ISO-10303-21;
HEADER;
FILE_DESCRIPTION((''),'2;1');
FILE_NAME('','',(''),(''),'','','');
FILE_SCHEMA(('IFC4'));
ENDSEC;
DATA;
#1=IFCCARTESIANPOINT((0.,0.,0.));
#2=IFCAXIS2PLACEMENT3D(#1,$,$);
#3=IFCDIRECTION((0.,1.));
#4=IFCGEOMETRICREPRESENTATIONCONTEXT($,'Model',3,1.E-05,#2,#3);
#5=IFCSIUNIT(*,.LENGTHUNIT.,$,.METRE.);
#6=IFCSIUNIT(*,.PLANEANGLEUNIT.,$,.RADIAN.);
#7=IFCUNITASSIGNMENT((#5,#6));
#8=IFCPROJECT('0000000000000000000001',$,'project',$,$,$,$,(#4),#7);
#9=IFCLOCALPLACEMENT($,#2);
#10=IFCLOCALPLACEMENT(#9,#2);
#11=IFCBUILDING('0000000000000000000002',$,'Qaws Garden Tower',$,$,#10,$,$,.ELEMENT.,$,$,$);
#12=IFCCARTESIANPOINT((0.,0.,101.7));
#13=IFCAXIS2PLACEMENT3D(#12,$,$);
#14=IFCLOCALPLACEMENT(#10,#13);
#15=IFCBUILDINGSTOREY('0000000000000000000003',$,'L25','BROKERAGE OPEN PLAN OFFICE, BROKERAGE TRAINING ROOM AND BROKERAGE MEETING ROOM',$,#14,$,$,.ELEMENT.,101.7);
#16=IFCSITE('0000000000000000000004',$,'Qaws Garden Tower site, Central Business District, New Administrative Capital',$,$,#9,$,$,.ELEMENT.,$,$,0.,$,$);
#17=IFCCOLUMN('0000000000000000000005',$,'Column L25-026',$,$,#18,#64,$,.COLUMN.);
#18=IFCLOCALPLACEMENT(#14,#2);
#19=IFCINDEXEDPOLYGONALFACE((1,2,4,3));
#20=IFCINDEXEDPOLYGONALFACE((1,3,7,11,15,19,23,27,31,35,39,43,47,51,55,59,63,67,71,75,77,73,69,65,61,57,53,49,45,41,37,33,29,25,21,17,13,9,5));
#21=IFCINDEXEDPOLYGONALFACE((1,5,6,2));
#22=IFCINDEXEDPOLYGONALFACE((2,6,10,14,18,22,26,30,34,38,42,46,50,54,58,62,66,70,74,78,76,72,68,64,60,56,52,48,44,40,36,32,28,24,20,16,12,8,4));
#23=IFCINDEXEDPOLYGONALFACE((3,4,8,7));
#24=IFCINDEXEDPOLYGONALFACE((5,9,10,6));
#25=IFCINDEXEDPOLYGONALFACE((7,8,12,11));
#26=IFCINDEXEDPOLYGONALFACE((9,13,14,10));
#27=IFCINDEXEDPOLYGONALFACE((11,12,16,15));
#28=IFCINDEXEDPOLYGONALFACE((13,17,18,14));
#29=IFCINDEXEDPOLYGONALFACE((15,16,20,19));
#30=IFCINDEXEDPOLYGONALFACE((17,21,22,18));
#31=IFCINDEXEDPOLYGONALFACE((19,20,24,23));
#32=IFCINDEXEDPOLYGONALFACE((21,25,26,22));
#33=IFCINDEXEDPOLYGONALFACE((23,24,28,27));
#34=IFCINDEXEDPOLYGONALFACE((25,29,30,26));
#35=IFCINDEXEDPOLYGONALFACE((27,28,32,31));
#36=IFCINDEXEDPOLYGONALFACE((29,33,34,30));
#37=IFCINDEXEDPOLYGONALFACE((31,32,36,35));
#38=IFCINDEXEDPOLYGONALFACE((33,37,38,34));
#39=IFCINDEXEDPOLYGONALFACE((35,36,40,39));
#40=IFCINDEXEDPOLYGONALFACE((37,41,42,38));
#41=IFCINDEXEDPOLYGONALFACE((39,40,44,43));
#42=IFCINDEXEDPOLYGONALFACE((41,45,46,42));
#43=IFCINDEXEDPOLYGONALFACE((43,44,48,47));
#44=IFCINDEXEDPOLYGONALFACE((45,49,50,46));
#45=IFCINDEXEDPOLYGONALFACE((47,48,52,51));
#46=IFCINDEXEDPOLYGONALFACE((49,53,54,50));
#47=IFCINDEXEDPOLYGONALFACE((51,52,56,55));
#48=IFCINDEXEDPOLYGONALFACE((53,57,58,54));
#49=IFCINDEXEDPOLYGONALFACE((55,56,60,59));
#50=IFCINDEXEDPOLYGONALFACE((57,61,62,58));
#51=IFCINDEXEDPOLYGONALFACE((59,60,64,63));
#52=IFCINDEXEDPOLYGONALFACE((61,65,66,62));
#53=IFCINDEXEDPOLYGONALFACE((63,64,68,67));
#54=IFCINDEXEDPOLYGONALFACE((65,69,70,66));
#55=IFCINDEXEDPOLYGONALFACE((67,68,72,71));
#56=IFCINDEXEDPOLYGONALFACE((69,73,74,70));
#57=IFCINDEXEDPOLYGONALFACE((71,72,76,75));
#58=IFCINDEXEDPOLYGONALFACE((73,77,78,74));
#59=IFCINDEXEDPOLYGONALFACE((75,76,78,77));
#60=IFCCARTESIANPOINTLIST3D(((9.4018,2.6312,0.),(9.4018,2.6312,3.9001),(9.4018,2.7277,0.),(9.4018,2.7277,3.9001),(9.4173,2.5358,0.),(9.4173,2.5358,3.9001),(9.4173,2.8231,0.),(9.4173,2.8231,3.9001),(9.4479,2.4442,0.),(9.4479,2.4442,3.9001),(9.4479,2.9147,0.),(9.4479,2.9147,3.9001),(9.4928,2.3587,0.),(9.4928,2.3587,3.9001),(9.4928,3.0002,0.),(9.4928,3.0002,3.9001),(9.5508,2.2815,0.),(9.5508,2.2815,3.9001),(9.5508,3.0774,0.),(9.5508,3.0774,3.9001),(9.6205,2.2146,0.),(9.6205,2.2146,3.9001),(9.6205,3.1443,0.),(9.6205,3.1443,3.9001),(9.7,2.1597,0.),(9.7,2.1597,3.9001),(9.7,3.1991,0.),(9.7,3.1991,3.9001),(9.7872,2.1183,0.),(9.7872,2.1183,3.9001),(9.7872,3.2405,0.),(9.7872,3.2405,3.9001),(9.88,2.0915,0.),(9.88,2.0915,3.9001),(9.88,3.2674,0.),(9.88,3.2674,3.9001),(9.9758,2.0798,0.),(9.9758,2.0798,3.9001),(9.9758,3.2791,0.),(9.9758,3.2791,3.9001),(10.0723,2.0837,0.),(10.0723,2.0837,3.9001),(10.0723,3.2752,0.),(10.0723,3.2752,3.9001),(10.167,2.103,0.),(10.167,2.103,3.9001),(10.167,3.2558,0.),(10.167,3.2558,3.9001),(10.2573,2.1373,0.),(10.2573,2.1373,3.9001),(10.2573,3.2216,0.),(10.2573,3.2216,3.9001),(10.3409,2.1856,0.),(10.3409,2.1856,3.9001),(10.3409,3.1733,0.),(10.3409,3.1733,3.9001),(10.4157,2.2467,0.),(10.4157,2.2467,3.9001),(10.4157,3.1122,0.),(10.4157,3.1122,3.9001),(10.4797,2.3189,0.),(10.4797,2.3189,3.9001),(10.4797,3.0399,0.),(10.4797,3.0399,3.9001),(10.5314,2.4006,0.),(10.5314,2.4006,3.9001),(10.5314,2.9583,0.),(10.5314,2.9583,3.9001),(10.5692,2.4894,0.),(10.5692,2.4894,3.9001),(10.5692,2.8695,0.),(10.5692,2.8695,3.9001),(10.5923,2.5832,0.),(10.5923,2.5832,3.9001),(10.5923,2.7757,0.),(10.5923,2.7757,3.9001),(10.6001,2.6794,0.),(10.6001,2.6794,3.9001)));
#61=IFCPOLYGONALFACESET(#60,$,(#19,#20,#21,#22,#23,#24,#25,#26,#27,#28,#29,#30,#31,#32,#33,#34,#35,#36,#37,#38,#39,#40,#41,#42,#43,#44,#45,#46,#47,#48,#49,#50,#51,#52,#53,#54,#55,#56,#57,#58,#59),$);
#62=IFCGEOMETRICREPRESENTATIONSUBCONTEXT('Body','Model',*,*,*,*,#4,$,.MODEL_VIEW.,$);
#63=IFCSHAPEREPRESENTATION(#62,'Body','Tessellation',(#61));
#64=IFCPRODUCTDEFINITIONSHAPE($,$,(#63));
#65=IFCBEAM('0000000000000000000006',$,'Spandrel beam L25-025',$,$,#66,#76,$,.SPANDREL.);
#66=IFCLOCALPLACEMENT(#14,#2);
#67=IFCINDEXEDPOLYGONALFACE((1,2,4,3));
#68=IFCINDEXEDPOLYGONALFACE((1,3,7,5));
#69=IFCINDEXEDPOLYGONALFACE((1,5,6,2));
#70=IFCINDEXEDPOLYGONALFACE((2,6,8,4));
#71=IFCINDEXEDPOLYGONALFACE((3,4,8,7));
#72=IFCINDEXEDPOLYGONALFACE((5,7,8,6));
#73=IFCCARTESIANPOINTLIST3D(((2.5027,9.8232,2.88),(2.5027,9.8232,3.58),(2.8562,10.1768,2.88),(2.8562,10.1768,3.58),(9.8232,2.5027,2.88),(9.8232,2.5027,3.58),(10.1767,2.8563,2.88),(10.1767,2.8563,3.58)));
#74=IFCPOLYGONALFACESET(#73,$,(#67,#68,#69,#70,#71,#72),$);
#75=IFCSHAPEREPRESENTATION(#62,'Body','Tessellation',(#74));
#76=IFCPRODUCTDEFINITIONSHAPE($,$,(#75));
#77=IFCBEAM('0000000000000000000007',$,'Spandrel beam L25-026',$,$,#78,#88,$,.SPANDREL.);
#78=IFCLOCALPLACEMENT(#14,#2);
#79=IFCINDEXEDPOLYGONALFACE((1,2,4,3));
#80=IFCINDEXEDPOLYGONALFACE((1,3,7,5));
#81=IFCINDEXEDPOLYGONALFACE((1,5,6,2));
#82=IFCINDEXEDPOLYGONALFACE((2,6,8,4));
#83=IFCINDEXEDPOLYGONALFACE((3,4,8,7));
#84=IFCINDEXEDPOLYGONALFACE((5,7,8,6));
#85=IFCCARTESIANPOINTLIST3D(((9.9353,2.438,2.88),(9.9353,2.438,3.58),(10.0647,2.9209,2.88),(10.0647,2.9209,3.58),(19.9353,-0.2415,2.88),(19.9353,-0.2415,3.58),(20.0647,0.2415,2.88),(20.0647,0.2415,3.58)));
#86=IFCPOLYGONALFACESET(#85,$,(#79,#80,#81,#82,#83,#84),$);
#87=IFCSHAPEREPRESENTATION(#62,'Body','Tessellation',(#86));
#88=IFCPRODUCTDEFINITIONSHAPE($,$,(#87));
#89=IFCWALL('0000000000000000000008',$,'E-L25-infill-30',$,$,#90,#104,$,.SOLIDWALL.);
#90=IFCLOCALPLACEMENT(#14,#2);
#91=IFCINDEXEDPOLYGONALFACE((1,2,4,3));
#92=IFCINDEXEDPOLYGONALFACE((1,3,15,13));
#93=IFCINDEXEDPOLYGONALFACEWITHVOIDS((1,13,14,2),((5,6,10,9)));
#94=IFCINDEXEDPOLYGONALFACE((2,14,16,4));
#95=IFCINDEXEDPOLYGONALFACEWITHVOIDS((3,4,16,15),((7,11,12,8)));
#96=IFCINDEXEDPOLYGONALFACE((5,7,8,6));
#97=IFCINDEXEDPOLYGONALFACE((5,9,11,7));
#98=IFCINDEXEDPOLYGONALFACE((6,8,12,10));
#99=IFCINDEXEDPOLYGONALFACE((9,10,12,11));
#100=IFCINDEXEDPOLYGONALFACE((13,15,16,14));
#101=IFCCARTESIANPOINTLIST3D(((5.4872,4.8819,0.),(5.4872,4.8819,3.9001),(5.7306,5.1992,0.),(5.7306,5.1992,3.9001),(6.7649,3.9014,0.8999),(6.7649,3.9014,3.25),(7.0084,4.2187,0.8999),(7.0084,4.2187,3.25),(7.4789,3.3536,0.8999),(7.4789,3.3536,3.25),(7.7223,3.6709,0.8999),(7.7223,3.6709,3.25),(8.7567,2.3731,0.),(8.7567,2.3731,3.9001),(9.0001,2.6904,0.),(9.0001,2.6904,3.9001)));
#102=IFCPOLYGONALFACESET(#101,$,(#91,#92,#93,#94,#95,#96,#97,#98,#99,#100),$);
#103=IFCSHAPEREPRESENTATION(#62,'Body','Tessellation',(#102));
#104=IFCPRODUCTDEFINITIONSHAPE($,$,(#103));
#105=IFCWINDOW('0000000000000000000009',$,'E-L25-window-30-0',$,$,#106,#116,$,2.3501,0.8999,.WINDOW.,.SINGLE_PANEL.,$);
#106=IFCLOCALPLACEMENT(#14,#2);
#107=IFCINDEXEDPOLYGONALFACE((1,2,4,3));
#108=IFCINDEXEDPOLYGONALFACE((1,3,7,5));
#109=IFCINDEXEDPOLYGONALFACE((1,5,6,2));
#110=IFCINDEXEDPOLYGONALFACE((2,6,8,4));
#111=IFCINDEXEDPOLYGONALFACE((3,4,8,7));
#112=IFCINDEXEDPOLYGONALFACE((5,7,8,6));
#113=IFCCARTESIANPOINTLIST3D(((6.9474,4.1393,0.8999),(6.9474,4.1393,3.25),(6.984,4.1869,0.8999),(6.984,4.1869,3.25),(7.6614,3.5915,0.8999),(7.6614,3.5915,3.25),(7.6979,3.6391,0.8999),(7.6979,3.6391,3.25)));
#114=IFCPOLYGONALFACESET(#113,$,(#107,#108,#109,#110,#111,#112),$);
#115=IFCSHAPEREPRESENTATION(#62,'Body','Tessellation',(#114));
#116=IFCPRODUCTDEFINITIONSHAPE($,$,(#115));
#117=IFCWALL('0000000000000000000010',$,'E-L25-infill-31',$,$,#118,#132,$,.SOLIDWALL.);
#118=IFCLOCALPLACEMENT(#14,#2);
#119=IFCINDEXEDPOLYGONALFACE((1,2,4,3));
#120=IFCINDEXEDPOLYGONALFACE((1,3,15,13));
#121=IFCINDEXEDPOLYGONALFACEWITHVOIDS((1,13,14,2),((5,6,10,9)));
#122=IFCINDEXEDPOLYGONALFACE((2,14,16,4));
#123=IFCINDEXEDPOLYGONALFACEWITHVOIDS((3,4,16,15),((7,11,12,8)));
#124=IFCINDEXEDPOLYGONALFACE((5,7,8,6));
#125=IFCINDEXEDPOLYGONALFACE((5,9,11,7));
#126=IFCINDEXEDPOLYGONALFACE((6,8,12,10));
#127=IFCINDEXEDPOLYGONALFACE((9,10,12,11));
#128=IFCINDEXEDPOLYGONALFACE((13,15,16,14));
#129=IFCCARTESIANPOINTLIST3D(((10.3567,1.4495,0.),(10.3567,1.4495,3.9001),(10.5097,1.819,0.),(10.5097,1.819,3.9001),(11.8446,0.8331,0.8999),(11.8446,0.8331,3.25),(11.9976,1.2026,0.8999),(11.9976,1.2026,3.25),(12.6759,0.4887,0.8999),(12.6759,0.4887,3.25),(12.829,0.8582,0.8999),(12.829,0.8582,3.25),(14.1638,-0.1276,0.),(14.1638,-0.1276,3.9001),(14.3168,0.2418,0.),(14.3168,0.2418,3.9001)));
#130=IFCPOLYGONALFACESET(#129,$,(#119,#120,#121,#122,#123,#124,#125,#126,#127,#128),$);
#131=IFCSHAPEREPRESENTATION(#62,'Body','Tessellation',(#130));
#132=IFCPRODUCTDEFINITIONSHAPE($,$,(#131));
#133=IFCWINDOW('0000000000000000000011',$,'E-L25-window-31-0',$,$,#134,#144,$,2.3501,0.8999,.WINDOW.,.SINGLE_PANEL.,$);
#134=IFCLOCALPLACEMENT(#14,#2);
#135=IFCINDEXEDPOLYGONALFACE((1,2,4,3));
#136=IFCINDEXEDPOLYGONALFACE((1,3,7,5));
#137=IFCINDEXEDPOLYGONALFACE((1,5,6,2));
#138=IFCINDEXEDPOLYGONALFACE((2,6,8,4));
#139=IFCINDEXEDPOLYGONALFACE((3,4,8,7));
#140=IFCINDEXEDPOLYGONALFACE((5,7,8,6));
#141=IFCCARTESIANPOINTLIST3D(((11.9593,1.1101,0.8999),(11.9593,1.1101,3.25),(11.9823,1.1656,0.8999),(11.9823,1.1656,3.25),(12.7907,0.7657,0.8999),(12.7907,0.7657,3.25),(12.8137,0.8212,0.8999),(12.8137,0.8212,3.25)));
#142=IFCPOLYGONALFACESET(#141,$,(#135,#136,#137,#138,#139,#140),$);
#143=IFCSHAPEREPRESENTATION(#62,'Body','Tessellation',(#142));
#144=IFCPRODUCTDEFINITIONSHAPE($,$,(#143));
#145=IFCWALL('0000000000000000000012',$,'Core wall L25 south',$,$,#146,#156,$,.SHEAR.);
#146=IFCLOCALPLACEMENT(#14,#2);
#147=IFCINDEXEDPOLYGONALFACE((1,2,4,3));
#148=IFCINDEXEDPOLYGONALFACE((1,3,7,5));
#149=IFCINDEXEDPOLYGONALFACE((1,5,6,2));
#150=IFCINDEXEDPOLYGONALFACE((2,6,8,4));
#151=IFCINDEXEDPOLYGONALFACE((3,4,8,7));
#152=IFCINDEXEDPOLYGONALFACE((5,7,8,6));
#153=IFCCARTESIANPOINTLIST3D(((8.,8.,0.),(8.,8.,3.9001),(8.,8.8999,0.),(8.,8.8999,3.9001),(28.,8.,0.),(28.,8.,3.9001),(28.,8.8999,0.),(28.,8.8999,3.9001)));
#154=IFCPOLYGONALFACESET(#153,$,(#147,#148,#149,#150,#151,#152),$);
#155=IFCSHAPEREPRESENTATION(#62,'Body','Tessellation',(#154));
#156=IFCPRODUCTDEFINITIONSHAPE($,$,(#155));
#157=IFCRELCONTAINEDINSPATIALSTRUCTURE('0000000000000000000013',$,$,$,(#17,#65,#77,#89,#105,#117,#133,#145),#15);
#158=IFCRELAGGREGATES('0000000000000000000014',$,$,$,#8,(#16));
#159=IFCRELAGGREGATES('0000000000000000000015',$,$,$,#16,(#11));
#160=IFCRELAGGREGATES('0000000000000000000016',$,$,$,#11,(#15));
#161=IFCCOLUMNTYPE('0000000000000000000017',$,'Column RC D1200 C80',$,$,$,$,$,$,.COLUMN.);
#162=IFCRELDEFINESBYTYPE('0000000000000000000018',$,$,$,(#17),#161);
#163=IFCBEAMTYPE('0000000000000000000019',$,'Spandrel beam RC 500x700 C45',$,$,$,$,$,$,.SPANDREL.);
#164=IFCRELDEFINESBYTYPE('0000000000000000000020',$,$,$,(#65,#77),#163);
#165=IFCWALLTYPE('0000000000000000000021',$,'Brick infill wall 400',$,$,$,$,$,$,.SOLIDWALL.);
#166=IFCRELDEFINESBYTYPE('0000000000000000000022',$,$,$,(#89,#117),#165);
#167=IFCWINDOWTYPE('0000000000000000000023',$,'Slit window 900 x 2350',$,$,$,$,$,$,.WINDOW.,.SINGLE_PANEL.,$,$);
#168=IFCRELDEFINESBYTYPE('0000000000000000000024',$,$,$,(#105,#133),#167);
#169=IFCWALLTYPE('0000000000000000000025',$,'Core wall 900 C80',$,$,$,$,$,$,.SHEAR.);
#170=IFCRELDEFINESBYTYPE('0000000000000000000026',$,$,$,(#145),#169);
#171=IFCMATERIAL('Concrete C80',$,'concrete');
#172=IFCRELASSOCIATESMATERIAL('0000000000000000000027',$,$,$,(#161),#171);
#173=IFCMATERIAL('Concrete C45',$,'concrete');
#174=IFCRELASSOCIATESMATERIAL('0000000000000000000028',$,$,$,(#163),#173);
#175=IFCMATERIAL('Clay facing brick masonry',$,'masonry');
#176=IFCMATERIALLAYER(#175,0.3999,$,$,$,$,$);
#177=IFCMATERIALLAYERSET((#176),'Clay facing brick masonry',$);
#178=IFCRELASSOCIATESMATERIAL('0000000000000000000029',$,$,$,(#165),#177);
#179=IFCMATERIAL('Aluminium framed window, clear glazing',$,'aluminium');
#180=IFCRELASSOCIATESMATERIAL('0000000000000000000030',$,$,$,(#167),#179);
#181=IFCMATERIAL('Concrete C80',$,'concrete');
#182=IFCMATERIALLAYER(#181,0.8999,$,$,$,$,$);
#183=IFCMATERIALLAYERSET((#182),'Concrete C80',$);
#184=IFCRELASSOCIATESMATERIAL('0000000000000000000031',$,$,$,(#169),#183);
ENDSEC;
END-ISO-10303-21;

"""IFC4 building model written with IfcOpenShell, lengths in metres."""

from ifc_helpers import new_model, si_unit, direction, frame, frame_2d, origin, origin_2d, place, context, subcontext, project, spatial, rectangle, circle, extrude, material, layer, layer_set, material_profile, profile_set, type_object, element, fill, save


model = new_model("IFC4")

# Units and contexts
model_context = context("Model", 3, precision=1e-05, world=origin(), true_north=direction((0.0, 1.0)))
body_context = subcontext(model_context, "Body", "Model", "MODEL_VIEW")
ifc_project = project(units=[si_unit("LENGTHUNIT", "METRE"), si_unit("PLANEANGLEUNIT", "RADIAN")], contexts=[model_context])

# Site, building, storey
site_placement = place(None, origin())
site = spatial("IfcSite", under=ifc_project, at=site_placement, Name="Qaws Garden Tower site, Central Business District, New Administrative Capital", CompositionType="ELEMENT", RefElevation=0.0)
building_placement = place(site_placement, origin())
building = spatial("IfcBuilding", under=site, at=building_placement, Name="Qaws Garden Tower", CompositionType="ELEMENT")
storey_placement = place(building_placement, frame((0.0, 0.0, 101.7)))
storey = spatial("IfcBuildingStorey", under=building, at=storey_placement, Name="L25", Description="BROKERAGE OPEN PLAN OFFICE, BROKERAGE TRAINING ROOM AND BROKERAGE MEETING ROOM", CompositionType="ELEMENT", Elevation=101.7)

# Column
ifc_material_1 = material(Name="Concrete C80", Category="concrete")
ifc_material_profile_1 = material_profile(ifc_material_1, circle(Radius=0.6001, at=origin_2d()), Name="RC D1200")
ifc_profile_set_1 = profile_set([ifc_material_profile_1], Name="Concrete C80")
column_type = type_object("IfcColumnType", Name="Column RC D1200 C80", PredefinedType="COLUMN", material=ifc_profile_set_1)
column_placement = place(storey_placement, frame((10.0, 2.6794, 0.0), z_axis=(0.0, 0.0, 1.0), x_axis=(1.0, 0.0, 0.0)))
element("IfcColumn", 1, at=column_placement, inside=storey, type_object=column_type, Name="Column L25-026", PredefinedType="COLUMN", context=body_context, shape_type="SweptSolid", body=[
    extrude(circle(Radius=0.6001, at=origin_2d()), origin(), (0.0, 0.0, 1.0), 3.9001),
])

# Beams
ifc_material_2 = material(Name="Concrete C45", Category="concrete")
ifc_material_profile_2 = material_profile(ifc_material_2, rectangle(XDim=0.5, YDim=0.7, at=origin_2d()), Name="RC 500x700")
ifc_profile_set_2 = profile_set([ifc_material_profile_2], Name="Concrete C45")
beam_type = type_object("IfcBeamType", Name="Spandrel beam RC 500x700 C45", PredefinedType="SPANDREL", material=ifc_profile_set_2)
for number, where, z_axis, x_axis, name in (
    (2, (2.6794, 10.0, 3.23), (0.707107, -0.707107, 0.0), (0.707107, 0.707107, 0.0), "Spandrel beam L25-025"),
    (3, (10.0, 2.6794, 3.23), (0.965927, -0.258815, 0.0), (0.258815, 0.965927, 0.0), "Spandrel beam L25-026"),
):
    element("IfcBeam", number, at=place(storey_placement, frame(where, z_axis=z_axis, x_axis=x_axis)), inside=storey, type_object=beam_type, Name=name, PredefinedType="SPANDREL", context=body_context, shape_type="SweptSolid", body=[
        extrude(rectangle(XDim=0.5, YDim=0.7, at=origin_2d()), origin(), (0.0, 0.0, 1.0), 10.3528),
    ])

# Walls, openings, windows
ifc_material_3 = material(Name="Clay facing brick masonry", Category="masonry")
ifc_layer_1 = layer(ifc_material_3, 0.3999)
ifc_layer_set_1 = layer_set([ifc_layer_1], Name="Clay facing brick masonry")
wall_type_1 = type_object("IfcWallType", Name="Brick infill wall 400", PredefinedType="SOLIDWALL", material=ifc_layer_set_1)
wall_1_placement = place(storey_placement, frame((5.6089, 5.0405, 0.0), z_axis=(0.0, 0.0, 1.0), x_axis=(0.793355, -0.60876, 0.0)))
wall_1 = element("IfcWall", 4, at=wall_1_placement, inside=storey, type_object=wall_type_1, Name="E-L25-infill-30", PredefinedType="SOLIDWALL", context=body_context, shape_type="SweptSolid", body=[
    extrude(rectangle(XDim=4.1211, YDim=0.3999, at=frame_2d((2.0605, 0.0))), origin(), (0.0, 0.0, 1.0), 3.9001),
])
opening_1_placement = place(wall_1_placement, frame((1.6106, 0.0, 0.8999)))
opening_1 = element("IfcOpeningElement", 5, at=opening_1_placement, cuts=wall_1, PredefinedType="OPENING", context=body_context, shape_type="SweptSolid", body=[
    extrude(rectangle(XDim=0.8999, YDim=2.3501, at=frame_2d((0.45, 1.175))), frame((0.0, 0.21, 0.0), z_axis=(0.0, -1.0, 0.0), x_axis=(1.0, 0.0, 0.0)), (0.0, 0.0, 1.0), 0.4199),
])
ifc_material_4 = material(Name="Aluminium framed window, clear glazing", Category="aluminium")
window_type = type_object("IfcWindowType", Name="Slit window 900 x 2350", PartitioningType="SINGLE_PANEL", PredefinedType="WINDOW", material=ifc_material_4)
window_1_placement = place(opening_1_placement, origin())
window_1 = element("IfcWindow", 6, at=window_1_placement, inside=storey, type_object=window_type, Name="E-L25-window-30-0", OverallHeight=2.3501, OverallWidth=0.8999, PartitioningType="SINGLE_PANEL", PredefinedType="WINDOW", context=body_context, shape_type="SweptSolid", body=[
    extrude(rectangle(XDim=0.8999, YDim=2.3501, at=frame_2d((0.45, 1.175))), frame((0.0, 0.1599, 0.0), z_axis=(0.0, -1.0, 0.0), x_axis=(1.0, 0.0, 0.0)), (0.0, 0.0, 1.0), 0.0601),
])
fill(opening_1, window_1)
wall_2_placement = place(storey_placement, frame((10.4331, 1.6343, 0.0), z_axis=(0.0, 0.0, 1.0), x_axis=(0.923864, -0.382722, 0.0)))
wall_2 = element("IfcWall", 7, at=wall_2_placement, inside=storey, type_object=wall_type_1, Name="E-L25-infill-31", PredefinedType="SOLIDWALL", context=body_context, shape_type="SweptSolid", body=[
    extrude(rectangle(XDim=4.1208, YDim=0.3999, at=frame_2d((2.0605, 0.0))), origin(), (0.0, 0.0, 1.0), 3.9001),
])
opening_2_placement = place(wall_2_placement, frame((1.6106, 0.0, 0.8999)))
opening_2 = element("IfcOpeningElement", 8, at=opening_2_placement, cuts=wall_2, PredefinedType="OPENING", context=body_context, shape_type="SweptSolid", body=[
    extrude(rectangle(XDim=0.8999, YDim=2.3501, at=frame_2d((0.45, 1.175))), frame((0.0, 0.21, 0.0), z_axis=(0.0, -1.0, 0.0), x_axis=(1.0, 0.0, 0.0)), (0.0, 0.0, 1.0), 0.4199),
])
window_2_placement = place(opening_2_placement, origin())
window_2 = element("IfcWindow", 9, at=window_2_placement, inside=storey, type_object=window_type, Name="E-L25-window-31-0", OverallHeight=2.3501, OverallWidth=0.8999, PartitioningType="SINGLE_PANEL", PredefinedType="WINDOW", context=body_context, shape_type="SweptSolid", body=[
    extrude(rectangle(XDim=0.8999, YDim=2.3501, at=frame_2d((0.45, 1.175))), frame((0.0, 0.1599, 0.0), z_axis=(0.0, -1.0, 0.0), x_axis=(1.0, 0.0, 0.0)), (0.0, 0.0, 1.0), 0.0601),
])
fill(opening_2, window_2)

# Wall
ifc_material_5 = material(Name="Concrete C80", Category="concrete")
ifc_layer_2 = layer(ifc_material_5, 0.8999)
ifc_layer_set_2 = layer_set([ifc_layer_2], Name="Concrete C80")
wall_type_2 = type_object("IfcWallType", Name="Core wall 900 C80", PredefinedType="SHEAR", material=ifc_layer_set_2)
wall_3_placement = place(storey_placement, frame((8.0, 8.45, 0.0), z_axis=(0.0, 0.0, 1.0), x_axis=(1.0, 0.0, 0.0)))
element("IfcWall", 10, at=wall_3_placement, inside=storey, type_object=wall_type_2, Name="Core wall L25 south", PredefinedType="SHEAR", context=body_context, shape_type="SweptSolid", body=[
    extrude(rectangle(XDim=20.0, YDim=0.8999, at=frame_2d((10.0, 0.0))), origin(), (0.0, 0.0, 1.0), 3.9001),
])

save(model, "model.ifc")
